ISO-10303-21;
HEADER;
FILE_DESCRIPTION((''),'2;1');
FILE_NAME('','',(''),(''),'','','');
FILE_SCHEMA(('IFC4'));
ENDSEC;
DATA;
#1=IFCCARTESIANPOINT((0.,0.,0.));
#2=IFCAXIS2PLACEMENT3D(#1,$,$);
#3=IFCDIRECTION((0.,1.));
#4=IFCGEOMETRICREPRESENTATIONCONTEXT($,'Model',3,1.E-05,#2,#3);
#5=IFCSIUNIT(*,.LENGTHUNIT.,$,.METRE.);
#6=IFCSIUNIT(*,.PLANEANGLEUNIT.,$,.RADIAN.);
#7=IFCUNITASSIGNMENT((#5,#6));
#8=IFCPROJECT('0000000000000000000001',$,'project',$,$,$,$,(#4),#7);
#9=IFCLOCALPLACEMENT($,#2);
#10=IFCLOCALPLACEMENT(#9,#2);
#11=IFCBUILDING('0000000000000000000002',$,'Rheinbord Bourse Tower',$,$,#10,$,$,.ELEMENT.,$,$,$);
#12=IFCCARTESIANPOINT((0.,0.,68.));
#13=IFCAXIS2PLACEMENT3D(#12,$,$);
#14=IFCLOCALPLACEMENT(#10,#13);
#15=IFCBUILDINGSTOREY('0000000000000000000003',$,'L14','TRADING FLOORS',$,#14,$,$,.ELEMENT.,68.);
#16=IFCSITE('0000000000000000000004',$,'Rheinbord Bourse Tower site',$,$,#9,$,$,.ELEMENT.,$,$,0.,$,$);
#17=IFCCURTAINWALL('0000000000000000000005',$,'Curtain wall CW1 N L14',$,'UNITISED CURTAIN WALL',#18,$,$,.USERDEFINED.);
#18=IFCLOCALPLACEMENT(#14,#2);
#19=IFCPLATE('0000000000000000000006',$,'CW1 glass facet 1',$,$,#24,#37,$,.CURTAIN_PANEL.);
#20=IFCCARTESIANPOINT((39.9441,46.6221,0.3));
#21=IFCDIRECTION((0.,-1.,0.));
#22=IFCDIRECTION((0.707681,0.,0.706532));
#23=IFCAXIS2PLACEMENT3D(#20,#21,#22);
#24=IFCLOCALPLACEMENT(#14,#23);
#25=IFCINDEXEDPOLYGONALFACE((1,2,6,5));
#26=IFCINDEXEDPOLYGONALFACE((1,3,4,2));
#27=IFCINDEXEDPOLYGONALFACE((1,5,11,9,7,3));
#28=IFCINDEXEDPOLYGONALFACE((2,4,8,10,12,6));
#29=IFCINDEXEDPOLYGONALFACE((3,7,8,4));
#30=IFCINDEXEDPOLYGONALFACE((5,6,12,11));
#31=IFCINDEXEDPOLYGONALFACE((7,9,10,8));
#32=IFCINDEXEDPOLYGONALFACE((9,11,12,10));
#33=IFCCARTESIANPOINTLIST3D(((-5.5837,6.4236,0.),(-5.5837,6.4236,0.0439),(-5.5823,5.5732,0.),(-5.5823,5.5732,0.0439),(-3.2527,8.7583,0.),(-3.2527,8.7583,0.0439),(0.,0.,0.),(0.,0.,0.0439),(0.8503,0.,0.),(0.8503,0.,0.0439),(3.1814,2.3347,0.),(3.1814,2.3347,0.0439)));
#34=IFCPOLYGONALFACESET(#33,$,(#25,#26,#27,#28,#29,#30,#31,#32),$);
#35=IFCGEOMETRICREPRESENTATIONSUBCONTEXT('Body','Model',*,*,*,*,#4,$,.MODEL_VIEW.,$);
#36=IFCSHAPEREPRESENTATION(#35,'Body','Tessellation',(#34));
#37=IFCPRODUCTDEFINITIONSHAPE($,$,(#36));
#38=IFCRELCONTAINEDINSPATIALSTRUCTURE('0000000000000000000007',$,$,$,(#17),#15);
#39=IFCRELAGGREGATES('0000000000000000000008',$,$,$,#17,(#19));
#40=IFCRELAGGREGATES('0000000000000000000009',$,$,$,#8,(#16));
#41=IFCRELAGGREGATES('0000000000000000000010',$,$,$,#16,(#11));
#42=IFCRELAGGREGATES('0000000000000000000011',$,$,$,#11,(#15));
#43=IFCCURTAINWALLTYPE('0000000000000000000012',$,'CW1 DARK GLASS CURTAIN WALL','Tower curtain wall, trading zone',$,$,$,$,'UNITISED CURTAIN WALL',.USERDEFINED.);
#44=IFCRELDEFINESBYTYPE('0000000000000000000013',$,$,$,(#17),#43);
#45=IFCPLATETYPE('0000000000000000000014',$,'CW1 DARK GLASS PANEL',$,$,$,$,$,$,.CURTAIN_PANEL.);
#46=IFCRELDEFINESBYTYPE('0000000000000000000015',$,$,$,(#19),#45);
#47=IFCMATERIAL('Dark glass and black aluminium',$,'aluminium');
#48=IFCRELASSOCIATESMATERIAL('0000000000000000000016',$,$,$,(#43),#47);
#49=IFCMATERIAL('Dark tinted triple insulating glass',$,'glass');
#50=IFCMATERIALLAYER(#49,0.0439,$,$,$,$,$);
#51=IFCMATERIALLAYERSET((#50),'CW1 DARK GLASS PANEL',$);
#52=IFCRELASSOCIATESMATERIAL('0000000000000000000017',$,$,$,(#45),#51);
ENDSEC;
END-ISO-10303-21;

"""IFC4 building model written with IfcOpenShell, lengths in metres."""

from ifc_helpers import new_model, si_unit, direction, frame, origin, place, context, subcontext, project, spatial, polyline, outline, extrude, material, layer, layer_set, type_object, element, aggregate, save


model = new_model("IFC4")

# Units and contexts
model_context = context("Model", 3, precision=1e-05, world=origin(), true_north=direction((0.0, 1.0)))
body_context = subcontext(model_context, "Body", "Model", "MODEL_VIEW")
ifc_project = project(units=[si_unit("LENGTHUNIT", "METRE"), si_unit("PLANEANGLEUNIT", "RADIAN")], contexts=[model_context])

# Site, building, storey
site_placement = place(None, origin())
site = spatial("IfcSite", under=ifc_project, at=site_placement, Name="Rheinbord Bourse Tower site", CompositionType="ELEMENT", RefElevation=0.0)
building_placement = place(site_placement, origin())
building = spatial("IfcBuilding", under=site, at=building_placement, Name="Rheinbord Bourse Tower", CompositionType="ELEMENT")
storey_placement = place(building_placement, frame((0.0, 0.0, 68.0)))
storey = spatial("IfcBuildingStorey", under=building, at=storey_placement, Name="L14", Description="TRADING FLOORS", CompositionType="ELEMENT", Elevation=68.0)

# Curtain wall
ifc_material_1 = material(Name="Dark glass and black aluminium", Category="aluminium")
curtain_wall_type = type_object("IfcCurtainWallType", Name="CW1 DARK GLASS CURTAIN WALL", Description="Tower curtain wall, trading zone", ElementType="UNITISED CURTAIN WALL", PredefinedType="USERDEFINED", material=ifc_material_1)
curtain_wall_placement = place(storey_placement, origin())
curtain_wall = element("IfcCurtainWall", 1, at=curtain_wall_placement, inside=storey, type_object=curtain_wall_type, Name="Curtain wall CW1 N L14", ObjectType="UNITISED CURTAIN WALL", PredefinedType="USERDEFINED")

# Plate
ifc_material_2 = material(Name="Dark tinted triple insulating glass", Category="glass")
ifc_layer_1 = layer(ifc_material_2, 0.0439)
ifc_layer_set_1 = layer_set([ifc_layer_1], Name="CW1 DARK GLASS PANEL")
plate_type = type_object("IfcPlateType", Name="CW1 DARK GLASS PANEL", PredefinedType="CURTAIN_PANEL", material=ifc_layer_set_1)
plate_1_placement = place(storey_placement, frame((39.9441, 46.6221, 0.3), z_axis=(0.0, -1.0, 0.0), x_axis=(0.707681, 0.0, 0.706532)))
plate_1 = element("IfcPlate", 2, at=plate_1_placement, type_object=plate_type, Name="CW1 glass facet 1", PredefinedType="CURTAIN_PANEL", context=body_context, shape_type="SweptSolid", body=[
    extrude(outline(polyline([(0.0, 0.0), (0.8503, 0.0), (3.1814, 2.3347), (-3.2527, 8.7583), (-5.5837, 6.4236), (-5.5823, 5.5732), (0.0, 0.0)])), origin(), (0.0, 0.0, 1.0), 0.0439),
])
aggregate(curtain_wall, [plate_1])

save(model, "model.ifc")
